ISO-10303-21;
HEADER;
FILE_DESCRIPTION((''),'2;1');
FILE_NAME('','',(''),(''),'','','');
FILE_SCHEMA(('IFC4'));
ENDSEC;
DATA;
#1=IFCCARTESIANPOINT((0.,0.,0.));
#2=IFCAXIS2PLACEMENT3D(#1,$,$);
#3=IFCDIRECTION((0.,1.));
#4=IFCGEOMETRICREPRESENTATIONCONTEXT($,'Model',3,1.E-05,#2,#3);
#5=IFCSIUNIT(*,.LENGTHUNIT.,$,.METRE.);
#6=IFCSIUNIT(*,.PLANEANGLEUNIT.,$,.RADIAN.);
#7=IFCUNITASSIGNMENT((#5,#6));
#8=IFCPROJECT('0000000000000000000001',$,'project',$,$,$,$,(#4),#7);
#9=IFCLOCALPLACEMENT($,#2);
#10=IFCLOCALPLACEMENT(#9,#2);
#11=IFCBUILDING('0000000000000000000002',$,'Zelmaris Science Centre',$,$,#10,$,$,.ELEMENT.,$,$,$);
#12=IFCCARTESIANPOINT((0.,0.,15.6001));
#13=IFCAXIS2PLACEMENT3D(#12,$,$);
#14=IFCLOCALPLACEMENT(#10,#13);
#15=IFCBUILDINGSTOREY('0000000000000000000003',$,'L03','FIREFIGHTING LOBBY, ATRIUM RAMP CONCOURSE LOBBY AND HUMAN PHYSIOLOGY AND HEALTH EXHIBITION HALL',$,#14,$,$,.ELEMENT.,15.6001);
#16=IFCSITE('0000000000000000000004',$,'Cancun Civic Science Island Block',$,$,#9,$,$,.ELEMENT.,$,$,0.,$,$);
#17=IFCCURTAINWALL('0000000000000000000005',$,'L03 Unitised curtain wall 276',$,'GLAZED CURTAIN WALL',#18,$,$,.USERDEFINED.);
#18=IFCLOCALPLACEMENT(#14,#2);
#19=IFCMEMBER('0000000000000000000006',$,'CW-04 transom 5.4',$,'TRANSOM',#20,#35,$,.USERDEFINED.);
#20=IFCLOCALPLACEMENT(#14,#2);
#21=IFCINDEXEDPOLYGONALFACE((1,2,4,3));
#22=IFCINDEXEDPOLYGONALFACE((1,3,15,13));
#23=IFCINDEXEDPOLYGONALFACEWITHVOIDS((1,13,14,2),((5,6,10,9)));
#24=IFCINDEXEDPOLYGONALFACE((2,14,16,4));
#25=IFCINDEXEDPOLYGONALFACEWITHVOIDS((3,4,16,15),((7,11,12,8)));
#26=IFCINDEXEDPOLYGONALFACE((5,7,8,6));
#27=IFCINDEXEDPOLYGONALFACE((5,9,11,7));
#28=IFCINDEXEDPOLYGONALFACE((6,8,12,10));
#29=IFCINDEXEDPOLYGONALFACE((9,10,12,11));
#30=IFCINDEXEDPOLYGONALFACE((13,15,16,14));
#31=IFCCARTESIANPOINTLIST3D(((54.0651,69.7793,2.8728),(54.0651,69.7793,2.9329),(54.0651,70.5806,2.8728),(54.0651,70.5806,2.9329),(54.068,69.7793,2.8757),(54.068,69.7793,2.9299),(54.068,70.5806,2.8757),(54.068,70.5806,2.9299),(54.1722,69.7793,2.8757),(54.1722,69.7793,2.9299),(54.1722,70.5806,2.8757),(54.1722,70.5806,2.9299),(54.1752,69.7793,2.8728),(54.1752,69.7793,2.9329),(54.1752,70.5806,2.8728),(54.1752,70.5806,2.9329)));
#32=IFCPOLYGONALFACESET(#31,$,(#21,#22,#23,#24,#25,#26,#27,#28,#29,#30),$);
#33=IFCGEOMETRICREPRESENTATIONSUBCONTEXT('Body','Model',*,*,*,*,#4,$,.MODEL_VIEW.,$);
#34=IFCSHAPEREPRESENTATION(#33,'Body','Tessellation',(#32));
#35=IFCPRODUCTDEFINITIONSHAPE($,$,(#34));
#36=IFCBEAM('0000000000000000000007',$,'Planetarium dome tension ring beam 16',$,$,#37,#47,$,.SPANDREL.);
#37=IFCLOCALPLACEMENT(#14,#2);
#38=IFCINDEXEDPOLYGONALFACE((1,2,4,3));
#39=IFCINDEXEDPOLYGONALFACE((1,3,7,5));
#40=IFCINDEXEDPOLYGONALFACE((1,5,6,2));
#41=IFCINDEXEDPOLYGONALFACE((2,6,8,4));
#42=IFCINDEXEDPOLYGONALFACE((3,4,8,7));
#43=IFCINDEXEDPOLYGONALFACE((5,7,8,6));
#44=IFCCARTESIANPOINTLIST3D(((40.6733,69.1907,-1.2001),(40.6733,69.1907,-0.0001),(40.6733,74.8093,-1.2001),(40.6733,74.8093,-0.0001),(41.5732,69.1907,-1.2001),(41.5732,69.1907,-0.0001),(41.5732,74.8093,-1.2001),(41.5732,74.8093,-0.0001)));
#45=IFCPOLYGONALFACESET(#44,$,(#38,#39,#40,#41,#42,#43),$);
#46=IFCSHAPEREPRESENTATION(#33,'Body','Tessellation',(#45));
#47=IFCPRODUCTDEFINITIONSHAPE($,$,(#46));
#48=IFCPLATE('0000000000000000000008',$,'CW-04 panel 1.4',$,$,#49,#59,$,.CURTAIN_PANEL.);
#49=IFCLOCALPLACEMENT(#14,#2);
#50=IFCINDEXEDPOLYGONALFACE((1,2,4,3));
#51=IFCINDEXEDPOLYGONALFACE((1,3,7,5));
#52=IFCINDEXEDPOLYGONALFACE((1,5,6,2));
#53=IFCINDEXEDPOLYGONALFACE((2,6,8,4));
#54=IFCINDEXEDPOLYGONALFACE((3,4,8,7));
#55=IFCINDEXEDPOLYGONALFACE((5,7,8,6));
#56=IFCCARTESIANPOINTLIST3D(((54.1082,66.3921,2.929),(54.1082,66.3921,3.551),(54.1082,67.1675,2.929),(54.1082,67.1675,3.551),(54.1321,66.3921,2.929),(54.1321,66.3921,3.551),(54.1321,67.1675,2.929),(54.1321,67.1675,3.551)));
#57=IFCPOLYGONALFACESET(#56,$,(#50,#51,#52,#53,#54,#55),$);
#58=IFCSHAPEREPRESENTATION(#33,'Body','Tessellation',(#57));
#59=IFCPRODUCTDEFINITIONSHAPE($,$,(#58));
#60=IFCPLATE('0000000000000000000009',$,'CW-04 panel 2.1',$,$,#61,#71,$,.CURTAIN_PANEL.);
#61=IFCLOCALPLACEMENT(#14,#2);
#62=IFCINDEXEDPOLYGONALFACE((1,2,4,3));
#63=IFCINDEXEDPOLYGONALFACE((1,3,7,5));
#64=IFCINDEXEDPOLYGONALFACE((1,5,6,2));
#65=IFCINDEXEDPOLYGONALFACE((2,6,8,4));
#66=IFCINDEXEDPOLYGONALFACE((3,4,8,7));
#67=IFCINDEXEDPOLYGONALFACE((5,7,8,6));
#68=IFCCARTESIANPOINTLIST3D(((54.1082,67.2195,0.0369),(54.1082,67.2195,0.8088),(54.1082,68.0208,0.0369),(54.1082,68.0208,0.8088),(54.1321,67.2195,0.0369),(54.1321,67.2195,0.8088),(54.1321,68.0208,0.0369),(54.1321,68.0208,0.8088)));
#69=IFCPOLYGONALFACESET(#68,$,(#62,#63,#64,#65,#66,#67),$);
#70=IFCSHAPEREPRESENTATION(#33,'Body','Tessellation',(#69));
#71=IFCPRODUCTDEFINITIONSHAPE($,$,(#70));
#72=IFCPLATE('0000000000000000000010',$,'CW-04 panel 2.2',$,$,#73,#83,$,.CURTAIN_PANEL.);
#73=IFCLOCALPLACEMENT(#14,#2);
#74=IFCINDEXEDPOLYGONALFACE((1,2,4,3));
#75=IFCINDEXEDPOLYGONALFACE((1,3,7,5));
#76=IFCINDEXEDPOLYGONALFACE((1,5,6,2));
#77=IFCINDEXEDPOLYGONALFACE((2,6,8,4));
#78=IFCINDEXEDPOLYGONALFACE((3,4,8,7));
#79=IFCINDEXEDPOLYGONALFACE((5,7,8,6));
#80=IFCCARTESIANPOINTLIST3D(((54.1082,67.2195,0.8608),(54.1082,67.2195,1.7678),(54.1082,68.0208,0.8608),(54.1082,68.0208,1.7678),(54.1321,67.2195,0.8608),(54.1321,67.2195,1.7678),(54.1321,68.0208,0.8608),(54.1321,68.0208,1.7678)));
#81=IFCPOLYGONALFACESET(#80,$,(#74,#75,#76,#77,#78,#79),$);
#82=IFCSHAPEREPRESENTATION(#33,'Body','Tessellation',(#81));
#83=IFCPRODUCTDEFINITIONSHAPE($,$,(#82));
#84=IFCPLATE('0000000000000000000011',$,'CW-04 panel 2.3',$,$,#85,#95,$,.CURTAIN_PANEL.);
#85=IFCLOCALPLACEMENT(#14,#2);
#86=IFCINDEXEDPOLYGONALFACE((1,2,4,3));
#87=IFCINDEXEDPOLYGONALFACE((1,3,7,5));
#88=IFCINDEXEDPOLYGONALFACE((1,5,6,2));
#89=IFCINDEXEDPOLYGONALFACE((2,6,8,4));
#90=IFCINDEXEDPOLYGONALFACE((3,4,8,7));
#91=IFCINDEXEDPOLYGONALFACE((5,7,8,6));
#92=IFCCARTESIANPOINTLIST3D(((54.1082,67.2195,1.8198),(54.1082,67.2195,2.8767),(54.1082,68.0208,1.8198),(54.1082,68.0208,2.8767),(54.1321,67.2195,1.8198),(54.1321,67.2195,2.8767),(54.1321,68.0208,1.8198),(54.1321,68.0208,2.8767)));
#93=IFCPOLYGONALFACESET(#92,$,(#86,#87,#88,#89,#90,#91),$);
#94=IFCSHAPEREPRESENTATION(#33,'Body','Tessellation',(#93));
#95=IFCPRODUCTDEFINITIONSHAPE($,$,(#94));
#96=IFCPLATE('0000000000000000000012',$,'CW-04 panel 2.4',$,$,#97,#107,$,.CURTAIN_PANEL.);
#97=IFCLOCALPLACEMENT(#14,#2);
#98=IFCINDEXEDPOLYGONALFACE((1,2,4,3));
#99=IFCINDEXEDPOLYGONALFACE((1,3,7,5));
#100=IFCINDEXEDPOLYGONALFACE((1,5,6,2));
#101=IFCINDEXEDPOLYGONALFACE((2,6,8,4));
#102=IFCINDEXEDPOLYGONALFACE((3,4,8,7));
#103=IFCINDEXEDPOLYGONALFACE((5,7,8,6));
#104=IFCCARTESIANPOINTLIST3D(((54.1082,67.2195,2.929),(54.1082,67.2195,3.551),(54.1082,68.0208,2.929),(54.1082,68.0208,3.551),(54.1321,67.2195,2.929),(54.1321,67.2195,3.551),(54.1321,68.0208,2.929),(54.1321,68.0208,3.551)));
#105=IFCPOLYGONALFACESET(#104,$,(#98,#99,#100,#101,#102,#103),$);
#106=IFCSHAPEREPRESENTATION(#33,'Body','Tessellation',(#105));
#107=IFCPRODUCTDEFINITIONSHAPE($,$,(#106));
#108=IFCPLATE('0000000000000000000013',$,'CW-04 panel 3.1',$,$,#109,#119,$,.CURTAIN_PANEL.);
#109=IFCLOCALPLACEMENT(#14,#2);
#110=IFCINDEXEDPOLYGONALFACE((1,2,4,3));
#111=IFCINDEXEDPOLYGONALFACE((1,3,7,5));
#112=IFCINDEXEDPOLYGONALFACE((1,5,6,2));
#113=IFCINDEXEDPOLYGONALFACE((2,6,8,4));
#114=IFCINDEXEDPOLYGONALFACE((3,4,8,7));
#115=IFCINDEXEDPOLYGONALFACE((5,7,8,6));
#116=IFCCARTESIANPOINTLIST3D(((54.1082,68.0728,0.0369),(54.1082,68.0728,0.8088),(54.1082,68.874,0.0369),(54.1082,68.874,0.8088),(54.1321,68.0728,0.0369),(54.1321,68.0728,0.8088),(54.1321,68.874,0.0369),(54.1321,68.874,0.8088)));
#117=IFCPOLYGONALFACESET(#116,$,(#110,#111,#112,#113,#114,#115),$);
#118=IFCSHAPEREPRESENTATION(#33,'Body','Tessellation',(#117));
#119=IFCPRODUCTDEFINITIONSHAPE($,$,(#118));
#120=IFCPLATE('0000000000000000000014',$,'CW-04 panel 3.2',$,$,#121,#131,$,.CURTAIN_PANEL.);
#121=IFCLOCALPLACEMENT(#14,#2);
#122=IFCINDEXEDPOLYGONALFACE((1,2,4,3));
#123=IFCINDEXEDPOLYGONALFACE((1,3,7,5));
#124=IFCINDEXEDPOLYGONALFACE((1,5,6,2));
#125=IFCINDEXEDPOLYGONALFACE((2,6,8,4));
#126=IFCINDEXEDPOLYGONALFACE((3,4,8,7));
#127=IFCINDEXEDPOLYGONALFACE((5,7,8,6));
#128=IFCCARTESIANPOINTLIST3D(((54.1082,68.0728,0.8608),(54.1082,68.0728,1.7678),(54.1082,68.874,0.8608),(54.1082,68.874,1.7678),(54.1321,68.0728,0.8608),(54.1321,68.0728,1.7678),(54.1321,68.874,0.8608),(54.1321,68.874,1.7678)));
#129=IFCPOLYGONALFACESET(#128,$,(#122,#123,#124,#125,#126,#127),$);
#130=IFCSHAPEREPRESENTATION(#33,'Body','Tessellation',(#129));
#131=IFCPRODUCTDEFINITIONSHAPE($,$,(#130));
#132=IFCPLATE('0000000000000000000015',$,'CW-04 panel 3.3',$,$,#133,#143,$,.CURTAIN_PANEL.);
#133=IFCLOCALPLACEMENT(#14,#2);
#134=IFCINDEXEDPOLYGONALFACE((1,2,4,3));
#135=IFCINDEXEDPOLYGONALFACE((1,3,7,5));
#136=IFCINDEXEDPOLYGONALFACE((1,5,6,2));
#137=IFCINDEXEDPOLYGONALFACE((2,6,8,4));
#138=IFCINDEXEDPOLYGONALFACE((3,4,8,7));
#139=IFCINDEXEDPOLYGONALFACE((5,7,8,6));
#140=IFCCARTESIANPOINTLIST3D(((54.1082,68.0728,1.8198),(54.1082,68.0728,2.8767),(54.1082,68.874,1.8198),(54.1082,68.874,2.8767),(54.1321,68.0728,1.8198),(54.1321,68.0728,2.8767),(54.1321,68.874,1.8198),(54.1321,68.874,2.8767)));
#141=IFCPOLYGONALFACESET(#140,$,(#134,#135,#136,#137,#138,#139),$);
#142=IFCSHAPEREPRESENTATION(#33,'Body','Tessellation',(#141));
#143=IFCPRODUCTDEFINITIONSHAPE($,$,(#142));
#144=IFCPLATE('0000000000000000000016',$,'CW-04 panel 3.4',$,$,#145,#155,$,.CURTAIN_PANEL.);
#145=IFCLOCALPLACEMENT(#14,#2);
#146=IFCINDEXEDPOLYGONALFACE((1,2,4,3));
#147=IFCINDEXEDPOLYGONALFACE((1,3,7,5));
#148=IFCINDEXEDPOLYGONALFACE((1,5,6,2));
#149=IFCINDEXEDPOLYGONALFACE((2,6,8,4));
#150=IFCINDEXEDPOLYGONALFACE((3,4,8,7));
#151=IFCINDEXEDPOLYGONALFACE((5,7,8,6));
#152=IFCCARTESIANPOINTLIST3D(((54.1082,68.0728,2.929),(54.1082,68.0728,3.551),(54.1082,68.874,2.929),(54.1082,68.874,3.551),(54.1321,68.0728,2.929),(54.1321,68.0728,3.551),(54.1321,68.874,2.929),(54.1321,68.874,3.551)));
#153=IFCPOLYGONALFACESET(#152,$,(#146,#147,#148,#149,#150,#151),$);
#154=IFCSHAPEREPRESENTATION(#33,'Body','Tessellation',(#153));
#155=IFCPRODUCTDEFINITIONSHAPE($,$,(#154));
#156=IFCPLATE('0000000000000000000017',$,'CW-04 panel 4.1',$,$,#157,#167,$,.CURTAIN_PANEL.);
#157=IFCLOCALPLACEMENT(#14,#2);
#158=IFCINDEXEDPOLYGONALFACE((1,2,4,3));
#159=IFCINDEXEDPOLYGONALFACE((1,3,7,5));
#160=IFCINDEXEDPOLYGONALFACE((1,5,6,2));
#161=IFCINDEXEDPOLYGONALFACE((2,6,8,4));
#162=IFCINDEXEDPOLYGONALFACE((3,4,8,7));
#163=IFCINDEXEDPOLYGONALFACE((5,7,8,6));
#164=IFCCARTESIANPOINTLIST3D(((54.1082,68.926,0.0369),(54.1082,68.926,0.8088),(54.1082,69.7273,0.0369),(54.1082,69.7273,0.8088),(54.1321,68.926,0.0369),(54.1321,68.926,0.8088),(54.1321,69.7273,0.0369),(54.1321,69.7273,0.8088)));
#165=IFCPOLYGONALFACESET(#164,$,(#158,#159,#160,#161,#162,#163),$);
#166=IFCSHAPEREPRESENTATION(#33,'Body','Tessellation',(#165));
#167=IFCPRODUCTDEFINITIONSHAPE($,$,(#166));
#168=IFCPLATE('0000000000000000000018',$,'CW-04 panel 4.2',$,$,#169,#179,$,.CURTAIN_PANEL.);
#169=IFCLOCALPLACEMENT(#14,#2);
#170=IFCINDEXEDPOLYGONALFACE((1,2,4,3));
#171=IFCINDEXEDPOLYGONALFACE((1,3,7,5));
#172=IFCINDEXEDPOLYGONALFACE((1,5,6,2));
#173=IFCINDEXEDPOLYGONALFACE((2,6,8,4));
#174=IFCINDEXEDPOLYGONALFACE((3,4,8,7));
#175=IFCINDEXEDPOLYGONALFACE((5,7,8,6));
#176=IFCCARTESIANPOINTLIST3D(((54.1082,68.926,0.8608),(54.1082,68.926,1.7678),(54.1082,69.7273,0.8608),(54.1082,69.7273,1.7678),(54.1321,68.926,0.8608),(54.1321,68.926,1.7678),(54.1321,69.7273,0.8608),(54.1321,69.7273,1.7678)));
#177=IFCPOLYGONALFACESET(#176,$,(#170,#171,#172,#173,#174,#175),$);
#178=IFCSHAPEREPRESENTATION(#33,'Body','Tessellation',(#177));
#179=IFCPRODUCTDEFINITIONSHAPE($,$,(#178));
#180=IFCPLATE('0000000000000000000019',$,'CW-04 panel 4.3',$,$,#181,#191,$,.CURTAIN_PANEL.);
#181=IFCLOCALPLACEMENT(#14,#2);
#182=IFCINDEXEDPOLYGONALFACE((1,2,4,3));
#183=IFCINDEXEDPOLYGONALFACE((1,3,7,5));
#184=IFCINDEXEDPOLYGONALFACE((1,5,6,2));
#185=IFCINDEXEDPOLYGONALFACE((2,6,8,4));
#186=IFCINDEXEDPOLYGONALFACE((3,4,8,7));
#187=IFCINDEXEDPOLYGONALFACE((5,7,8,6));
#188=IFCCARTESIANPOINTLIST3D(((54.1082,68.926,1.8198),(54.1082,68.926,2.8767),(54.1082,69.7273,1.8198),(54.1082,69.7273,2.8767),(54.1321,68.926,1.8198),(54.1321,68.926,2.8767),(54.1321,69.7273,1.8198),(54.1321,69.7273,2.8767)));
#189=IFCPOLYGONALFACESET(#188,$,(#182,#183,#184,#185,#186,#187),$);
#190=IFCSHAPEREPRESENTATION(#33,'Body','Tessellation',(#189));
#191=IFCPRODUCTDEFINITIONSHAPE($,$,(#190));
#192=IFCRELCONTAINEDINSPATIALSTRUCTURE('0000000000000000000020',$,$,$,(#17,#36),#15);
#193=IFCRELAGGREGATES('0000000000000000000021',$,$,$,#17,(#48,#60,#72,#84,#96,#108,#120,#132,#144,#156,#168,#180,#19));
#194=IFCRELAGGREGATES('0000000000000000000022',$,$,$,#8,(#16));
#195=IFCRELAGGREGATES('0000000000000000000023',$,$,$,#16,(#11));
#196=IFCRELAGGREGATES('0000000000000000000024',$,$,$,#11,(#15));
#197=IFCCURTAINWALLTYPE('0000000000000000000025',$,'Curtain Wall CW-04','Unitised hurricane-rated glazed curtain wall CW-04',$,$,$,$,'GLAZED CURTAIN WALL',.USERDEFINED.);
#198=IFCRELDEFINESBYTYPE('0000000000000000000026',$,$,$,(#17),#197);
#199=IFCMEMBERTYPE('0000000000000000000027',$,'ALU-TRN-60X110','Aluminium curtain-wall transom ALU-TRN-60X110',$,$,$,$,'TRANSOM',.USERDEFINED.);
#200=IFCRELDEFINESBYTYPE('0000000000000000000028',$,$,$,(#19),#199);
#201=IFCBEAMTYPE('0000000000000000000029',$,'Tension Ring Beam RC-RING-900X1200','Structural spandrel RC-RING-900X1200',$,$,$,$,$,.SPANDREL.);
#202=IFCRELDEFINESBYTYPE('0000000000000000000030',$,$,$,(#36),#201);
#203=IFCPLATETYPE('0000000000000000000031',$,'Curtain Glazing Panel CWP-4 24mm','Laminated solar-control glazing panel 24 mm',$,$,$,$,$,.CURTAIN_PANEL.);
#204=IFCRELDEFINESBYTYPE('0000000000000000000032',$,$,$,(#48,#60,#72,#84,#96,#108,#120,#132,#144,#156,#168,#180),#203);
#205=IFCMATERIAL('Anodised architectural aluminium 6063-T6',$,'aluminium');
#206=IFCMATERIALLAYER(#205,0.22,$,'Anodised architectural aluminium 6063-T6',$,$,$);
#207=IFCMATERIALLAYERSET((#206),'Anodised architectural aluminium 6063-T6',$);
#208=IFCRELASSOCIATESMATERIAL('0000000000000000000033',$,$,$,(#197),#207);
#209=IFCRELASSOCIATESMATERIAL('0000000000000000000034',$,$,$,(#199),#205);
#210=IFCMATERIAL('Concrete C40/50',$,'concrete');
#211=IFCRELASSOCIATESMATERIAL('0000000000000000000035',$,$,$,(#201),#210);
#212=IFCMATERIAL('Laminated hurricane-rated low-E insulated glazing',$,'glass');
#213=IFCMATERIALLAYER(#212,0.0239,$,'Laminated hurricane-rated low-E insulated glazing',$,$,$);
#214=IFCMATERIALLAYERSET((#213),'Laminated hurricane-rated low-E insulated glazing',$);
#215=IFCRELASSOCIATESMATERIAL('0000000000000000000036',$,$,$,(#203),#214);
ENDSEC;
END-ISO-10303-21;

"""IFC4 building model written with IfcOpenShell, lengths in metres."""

from ifc_helpers import new_model, si_unit, direction, frame, origin, origin_2d, place, context, subcontext, project, spatial, rectangle, hollow_rectangle, extrude, material, layer, layer_set, material_profile, profile_set, type_object, element, aggregate, save


model = new_model("IFC4")

# Units and contexts
model_context = context("Model", 3, precision=1e-05, world=origin(), true_north=direction((0.0, 1.0)))
body_context = subcontext(model_context, "Body", "Model", "MODEL_VIEW")
ifc_project = project(units=[si_unit("LENGTHUNIT", "METRE"), si_unit("PLANEANGLEUNIT", "RADIAN")], contexts=[model_context])

# Site, building, storey
site_placement = place(None, origin())
site = spatial("IfcSite", under=ifc_project, at=site_placement, Name="Cancun Civic Science Island Block", CompositionType="ELEMENT", RefElevation=0.0)
building_placement = place(site_placement, origin())
building = spatial("IfcBuilding", under=site, at=building_placement, Name="Zelmaris Science Centre", CompositionType="ELEMENT")
storey_placement = place(building_placement, frame((0.0, 0.0, 15.6001)))
storey = spatial("IfcBuildingStorey", under=building, at=storey_placement, Name="L03", Description="FIREFIGHTING LOBBY, ATRIUM RAMP CONCOURSE LOBBY AND HUMAN PHYSIOLOGY AND HEALTH EXHIBITION HALL", CompositionType="ELEMENT", Elevation=15.6001)

# Curtain wall, member
ifc_material_1 = material(Name="Anodised architectural aluminium 6063-T6", Category="aluminium")
ifc_layer_1 = layer(ifc_material_1, 0.22, Name="Anodised architectural aluminium 6063-T6")
ifc_layer_set_1 = layer_set([ifc_layer_1], Name="Anodised architectural aluminium 6063-T6")
curtain_wall_type = type_object("IfcCurtainWallType", Name="Curtain Wall CW-04", Description="Unitised hurricane-rated glazed curtain wall CW-04", ElementType="GLAZED CURTAIN WALL", PredefinedType="USERDEFINED", material=ifc_layer_set_1)
curtain_wall_placement = place(storey_placement, origin())
curtain_wall = element("IfcCurtainWall", 1, at=curtain_wall_placement, inside=storey, type_object=curtain_wall_type, Name="L03 Unitised curtain wall 276", ObjectType="GLAZED CURTAIN WALL", PredefinedType="USERDEFINED")
ifc_material_profile_1 = material_profile(ifc_material_1, hollow_rectangle(XDim=0.0601, YDim=0.1101, WallThickness=0.0029, at=origin_2d()), Name="ALU-TRN-60X110")
ifc_profile_set_1 = profile_set([ifc_material_profile_1], Name="Anodised architectural aluminium 6063-T6")
member_type_1 = type_object("IfcMemberType", Name="ALU-TRN-60X110", Description="Aluminium curtain-wall transom ALU-TRN-60X110", ElementType="TRANSOM", PredefinedType="USERDEFINED", material=ifc_profile_set_1)
member_1_placement = place(storey_placement, frame((54.1201, 69.7793, 2.9028), z_axis=(0.0, 1.0, 0.0), x_axis=(0.0, 0.0, 1.0)))
member_1 = element("IfcMember", 2, at=member_1_placement, type_object=member_type_1, Name="CW-04 transom 5.4", ObjectType="TRANSOM", PredefinedType="USERDEFINED", context=body_context, shape_type="SweptSolid", body=[
    extrude(hollow_rectangle(XDim=0.0601, YDim=0.1101, WallThickness=0.0029, at=origin_2d()), origin(), (0.0, 0.0, 1.0), 0.8013),
])

# Beam
ifc_material_2 = material(Name="Concrete C40/50", Category="concrete")
ifc_material_profile_2 = material_profile(ifc_material_2, rectangle(XDim=0.8999, YDim=1.2, at=origin_2d()), Name="RC-RING-900X1200")
ifc_profile_set_2 = profile_set([ifc_material_profile_2], Name="Concrete C40/50")
beam_type = type_object("IfcBeamType", Name="Tension Ring Beam RC-RING-900X1200", Description="Structural spandrel RC-RING-900X1200", PredefinedType="SPANDREL", material=ifc_profile_set_2)
beam_placement = place(storey_placement, frame((41.1233, 69.1907, -0.6001), z_axis=(0.0, 1.0, 0.0), x_axis=(-1.0, 0.0, 0.0)))
element("IfcBeam", 3, at=beam_placement, inside=storey, type_object=beam_type, Name="Planetarium dome tension ring beam 16", PredefinedType="SPANDREL", context=body_context, shape_type="SweptSolid", body=[
    extrude(rectangle(XDim=0.8999, YDim=1.2, at=origin_2d()), origin(), (0.0, 0.0, 1.0), 5.6187),
])

# Plates
ifc_material_3 = material(Name="Laminated hurricane-rated low-E insulated glazing", Category="glass")
ifc_layer_2 = layer(ifc_material_3, 0.0239, Name="Laminated hurricane-rated low-E insulated glazing")
ifc_layer_set_2 = layer_set([ifc_layer_2], Name="Laminated hurricane-rated low-E insulated glazing")
plate_type = type_object("IfcPlateType", Name="Curtain Glazing Panel CWP-4 24mm", Description="Laminated solar-control glazing panel 24 mm", PredefinedType="CURTAIN_PANEL", material=ifc_layer_set_2)
plate_1_placement = place(storey_placement, frame((54.1201, 66.7798, 2.929), z_axis=(0.0, 0.0, 1.0), x_axis=(0.0, 1.0, 0.0)))
plate_1 = element("IfcPlate", 4, at=plate_1_placement, type_object=plate_type, Name="CW-04 panel 1.4", PredefinedType="CURTAIN_PANEL", context=body_context, shape_type="SweptSolid", body=[
    extrude(rectangle(XDim=0.7754, YDim=0.0239, at=origin_2d()), origin(), (0.0, 0.0, 1.0), 0.6221),
])
plate_2_placement = place(storey_placement, frame((54.1201, 67.6201, 0.0369), z_axis=(0.0, 0.0, 1.0), x_axis=(0.0, 1.0, 0.0)))
plate_2 = element("IfcPlate", 5, at=plate_2_placement, type_object=plate_type, Name="CW-04 panel 2.1", PredefinedType="CURTAIN_PANEL", context=body_context, shape_type="SweptSolid", body=[
    extrude(rectangle(XDim=0.8013, YDim=0.0239, at=origin_2d()), origin(), (0.0, 0.0, 1.0), 0.772),
])
plate_3_placement = place(storey_placement, frame((54.1201, 67.6201, 0.8608), z_axis=(0.0, 0.0, 1.0), x_axis=(0.0, 1.0, 0.0)))
plate_3 = element("IfcPlate", 6, at=plate_3_placement, type_object=plate_type, Name="CW-04 panel 2.2", PredefinedType="CURTAIN_PANEL", context=body_context, shape_type="SweptSolid", body=[
    extrude(rectangle(XDim=0.8013, YDim=0.0239, at=origin_2d()), origin(), (0.0, 0.0, 1.0), 0.907),
])
plate_4_placement = place(storey_placement, frame((54.1201, 67.6201, 1.8198), z_axis=(0.0, 0.0, 1.0), x_axis=(0.0, 1.0, 0.0)))
plate_4 = element("IfcPlate", 7, at=plate_4_placement, type_object=plate_type, Name="CW-04 panel 2.3", PredefinedType="CURTAIN_PANEL", context=body_context, shape_type="SweptSolid", body=[
    extrude(rectangle(XDim=0.8013, YDim=0.0239, at=origin_2d()), origin(), (0.0, 0.0, 1.0), 1.0569),
])
plate_5_placement = place(storey_placement, frame((54.1201, 67.6201, 2.929), z_axis=(0.0, 0.0, 1.0), x_axis=(0.0, 1.0, 0.0)))
plate_5 = element("IfcPlate", 8, at=plate_5_placement, type_object=plate_type, Name="CW-04 panel 2.4", PredefinedType="CURTAIN_PANEL", context=body_context, shape_type="SweptSolid", body=[
    extrude(rectangle(XDim=0.8013, YDim=0.0239, at=origin_2d()), origin(), (0.0, 0.0, 1.0), 0.6221),
])
plate_6_placement = place(storey_placement, frame((54.1201, 68.4734, 0.0369), z_axis=(0.0, 0.0, 1.0), x_axis=(0.0, 1.0, 0.0)))
plate_6 = element("IfcPlate", 9, at=plate_6_placement, type_object=plate_type, Name="CW-04 panel 3.1", PredefinedType="CURTAIN_PANEL", context=body_context, shape_type="SweptSolid", body=[
    extrude(rectangle(XDim=0.8013, YDim=0.0239, at=origin_2d()), origin(), (0.0, 0.0, 1.0), 0.772),
])
plate_7_placement = place(storey_placement, frame((54.1201, 68.4734, 0.8608), z_axis=(0.0, 0.0, 1.0), x_axis=(0.0, 1.0, 0.0)))
plate_7 = element("IfcPlate", 10, at=plate_7_placement, type_object=plate_type, Name="CW-04 panel 3.2", PredefinedType="CURTAIN_PANEL", context=body_context, shape_type="SweptSolid", body=[
    extrude(rectangle(XDim=0.8013, YDim=0.0239, at=origin_2d()), origin(), (0.0, 0.0, 1.0), 0.907),
])
plate_8_placement = place(storey_placement, frame((54.1201, 68.4734, 1.8198), z_axis=(0.0, 0.0, 1.0), x_axis=(0.0, 1.0, 0.0)))
plate_8 = element("IfcPlate", 11, at=plate_8_placement, type_object=plate_type, Name="CW-04 panel 3.3", PredefinedType="CURTAIN_PANEL", context=body_context, shape_type="SweptSolid", body=[
    extrude(rectangle(XDim=0.8013, YDim=0.0239, at=origin_2d()), origin(), (0.0, 0.0, 1.0), 1.0569),
])
plate_9_placement = place(storey_placement, frame((54.1201, 68.4734, 2.929), z_axis=(0.0, 0.0, 1.0), x_axis=(0.0, 1.0, 0.0)))
plate_9 = element("IfcPlate", 12, at=plate_9_placement, type_object=plate_type, Name="CW-04 panel 3.4", PredefinedType="CURTAIN_PANEL", context=body_context, shape_type="SweptSolid", body=[
    extrude(rectangle(XDim=0.8013, YDim=0.0239, at=origin_2d()), origin(), (0.0, 0.0, 1.0), 0.6221),
])
plate_10_placement = place(storey_placement, frame((54.1201, 69.3267, 0.0369), z_axis=(0.0, 0.0, 1.0), x_axis=(0.0, 1.0, 0.0)))
plate_10 = element("IfcPlate", 13, at=plate_10_placement, type_object=plate_type, Name="CW-04 panel 4.1", PredefinedType="CURTAIN_PANEL", context=body_context, shape_type="SweptSolid", body=[
    extrude(rectangle(XDim=0.8013, YDim=0.0239, at=origin_2d()), origin(), (0.0, 0.0, 1.0), 0.772),
])
plate_11_placement = place(storey_placement, frame((54.1201, 69.3267, 0.8608), z_axis=(0.0, 0.0, 1.0), x_axis=(0.0, 1.0, 0.0)))
plate_11 = element("IfcPlate", 14, at=plate_11_placement, type_object=plate_type, Name="CW-04 panel 4.2", PredefinedType="CURTAIN_PANEL", context=body_context, shape_type="SweptSolid", body=[
    extrude(rectangle(XDim=0.8013, YDim=0.0239, at=origin_2d()), origin(), (0.0, 0.0, 1.0), 0.907),
])
plate_12_placement = place(storey_placement, frame((54.1201, 69.3267, 1.8198), z_axis=(0.0, 0.0, 1.0), x_axis=(0.0, 1.0, 0.0)))
plate_12 = element("IfcPlate", 15, at=plate_12_placement, type_object=plate_type, Name="CW-04 panel 4.3", PredefinedType="CURTAIN_PANEL", context=body_context, shape_type="SweptSolid", body=[
    extrude(rectangle(XDim=0.8013, YDim=0.0239, at=origin_2d()), origin(), (0.0, 0.0, 1.0), 1.0569),
])
aggregate(curtain_wall, [plate_1, plate_2, plate_3, plate_4, plate_5, plate_6, plate_7, plate_8, plate_9, plate_10, plate_11, plate_12, member_1])

save(model, "model.ifc")
